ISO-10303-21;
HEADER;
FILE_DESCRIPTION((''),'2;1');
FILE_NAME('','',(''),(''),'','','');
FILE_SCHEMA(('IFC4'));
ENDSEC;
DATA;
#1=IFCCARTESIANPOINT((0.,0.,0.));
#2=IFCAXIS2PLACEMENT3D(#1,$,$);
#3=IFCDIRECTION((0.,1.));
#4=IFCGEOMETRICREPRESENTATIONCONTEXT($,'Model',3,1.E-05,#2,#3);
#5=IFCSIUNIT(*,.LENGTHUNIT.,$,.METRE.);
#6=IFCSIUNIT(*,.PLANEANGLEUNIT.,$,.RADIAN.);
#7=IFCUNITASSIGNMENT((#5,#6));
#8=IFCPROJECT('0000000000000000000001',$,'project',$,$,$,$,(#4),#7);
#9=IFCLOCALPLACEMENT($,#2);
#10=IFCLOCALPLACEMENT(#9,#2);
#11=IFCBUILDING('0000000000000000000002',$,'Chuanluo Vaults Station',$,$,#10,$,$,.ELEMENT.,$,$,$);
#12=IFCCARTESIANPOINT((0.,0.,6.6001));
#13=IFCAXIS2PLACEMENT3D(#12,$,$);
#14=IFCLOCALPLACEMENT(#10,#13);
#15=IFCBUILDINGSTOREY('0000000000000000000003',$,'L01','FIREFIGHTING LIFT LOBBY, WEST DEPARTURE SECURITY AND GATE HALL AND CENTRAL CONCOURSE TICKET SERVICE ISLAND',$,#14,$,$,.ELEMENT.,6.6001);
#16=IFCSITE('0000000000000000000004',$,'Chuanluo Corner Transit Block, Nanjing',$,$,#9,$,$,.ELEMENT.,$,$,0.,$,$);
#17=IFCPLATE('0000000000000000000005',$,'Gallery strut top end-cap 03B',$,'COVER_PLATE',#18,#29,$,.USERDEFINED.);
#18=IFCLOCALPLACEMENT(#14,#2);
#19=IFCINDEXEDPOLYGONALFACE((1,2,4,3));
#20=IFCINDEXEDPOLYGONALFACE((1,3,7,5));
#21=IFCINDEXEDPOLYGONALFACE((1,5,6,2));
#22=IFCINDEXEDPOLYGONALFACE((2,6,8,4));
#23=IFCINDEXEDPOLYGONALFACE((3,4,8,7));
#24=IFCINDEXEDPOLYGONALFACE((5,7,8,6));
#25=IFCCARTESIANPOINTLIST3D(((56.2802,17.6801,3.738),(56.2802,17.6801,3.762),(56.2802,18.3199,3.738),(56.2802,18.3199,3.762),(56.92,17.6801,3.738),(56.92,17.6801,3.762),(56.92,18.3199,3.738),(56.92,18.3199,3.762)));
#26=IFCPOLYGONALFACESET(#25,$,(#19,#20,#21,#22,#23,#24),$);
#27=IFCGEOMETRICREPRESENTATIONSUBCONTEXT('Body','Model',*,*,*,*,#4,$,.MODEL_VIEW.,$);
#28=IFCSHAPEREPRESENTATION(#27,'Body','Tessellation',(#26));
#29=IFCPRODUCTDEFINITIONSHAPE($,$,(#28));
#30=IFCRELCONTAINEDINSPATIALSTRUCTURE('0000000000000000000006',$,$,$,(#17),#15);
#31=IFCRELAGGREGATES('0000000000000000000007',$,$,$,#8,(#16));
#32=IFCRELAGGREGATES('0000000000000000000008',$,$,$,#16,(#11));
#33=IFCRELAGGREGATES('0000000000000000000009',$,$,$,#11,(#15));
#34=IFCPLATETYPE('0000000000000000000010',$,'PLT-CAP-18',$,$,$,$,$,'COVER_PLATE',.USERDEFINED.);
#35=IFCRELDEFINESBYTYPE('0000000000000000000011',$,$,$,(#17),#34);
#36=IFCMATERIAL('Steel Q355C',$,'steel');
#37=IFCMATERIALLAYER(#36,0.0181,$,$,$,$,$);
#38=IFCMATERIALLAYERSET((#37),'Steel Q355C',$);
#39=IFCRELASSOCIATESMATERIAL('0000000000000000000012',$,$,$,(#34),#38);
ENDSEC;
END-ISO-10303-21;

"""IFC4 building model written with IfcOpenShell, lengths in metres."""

from ifc_helpers import new_model, si_unit, direction, frame, origin, origin_2d, place, context, subcontext, project, spatial, rectangle, extrude, material, layer, layer_set, type_object, element, save


model = new_model("IFC4")

# Units and contexts
model_context = context("Model", 3, precision=1e-05, world=origin(), true_north=direction((0.0, 1.0)))
body_context = subcontext(model_context, "Body", "Model", "MODEL_VIEW")
ifc_project = project(units=[si_unit("LENGTHUNIT", "METRE"), si_unit("PLANEANGLEUNIT", "RADIAN")], contexts=[model_context])

# Site, building, storey
site_placement = place(None, origin())
site = spatial("IfcSite", under=ifc_project, at=site_placement, Name="Chuanluo Corner Transit Block, Nanjing", CompositionType="ELEMENT", RefElevation=0.0)
building_placement = place(site_placement, origin())
building = spatial("IfcBuilding", under=site, at=building_placement, Name="Chuanluo Vaults Station", CompositionType="ELEMENT")
storey_placement = place(building_placement, frame((0.0, 0.0, 6.6001)))
storey = spatial("IfcBuildingStorey", under=building, at=storey_placement, Name="L01", Description="FIREFIGHTING LIFT LOBBY, WEST DEPARTURE SECURITY AND GATE HALL AND CENTRAL CONCOURSE TICKET SERVICE ISLAND", CompositionType="ELEMENT", Elevation=6.6001)

# Plate
ifc_material_1 = material(Name="Steel Q355C", Category="steel")
ifc_layer_1 = layer(ifc_material_1, 0.0181)
ifc_layer_set_1 = layer_set([ifc_layer_1], Name="Steel Q355C")
plate_type_1 = type_object("IfcPlateType", Name="PLT-CAP-18", ElementType="COVER_PLATE", PredefinedType="USERDEFINED", material=ifc_layer_set_1)
plate_1_placement = place(storey_placement, frame((56.6001, 18.0, 3.738), z_axis=(0.0, 0.0, 1.0), x_axis=(1.0, 0.0, 0.0)))
element("IfcPlate", 1, at=plate_1_placement, inside=storey, type_object=plate_type_1, Name="Gallery strut top end-cap 03B", ObjectType="COVER_PLATE", PredefinedType="USERDEFINED", context=body_context, shape_type="SweptSolid", body=[
    extrude(rectangle(XDim=0.6399, YDim=0.6399, at=origin_2d()), origin(), (0.0, 0.0, 1.0), 0.0239),
])

save(model, "model.ifc")
